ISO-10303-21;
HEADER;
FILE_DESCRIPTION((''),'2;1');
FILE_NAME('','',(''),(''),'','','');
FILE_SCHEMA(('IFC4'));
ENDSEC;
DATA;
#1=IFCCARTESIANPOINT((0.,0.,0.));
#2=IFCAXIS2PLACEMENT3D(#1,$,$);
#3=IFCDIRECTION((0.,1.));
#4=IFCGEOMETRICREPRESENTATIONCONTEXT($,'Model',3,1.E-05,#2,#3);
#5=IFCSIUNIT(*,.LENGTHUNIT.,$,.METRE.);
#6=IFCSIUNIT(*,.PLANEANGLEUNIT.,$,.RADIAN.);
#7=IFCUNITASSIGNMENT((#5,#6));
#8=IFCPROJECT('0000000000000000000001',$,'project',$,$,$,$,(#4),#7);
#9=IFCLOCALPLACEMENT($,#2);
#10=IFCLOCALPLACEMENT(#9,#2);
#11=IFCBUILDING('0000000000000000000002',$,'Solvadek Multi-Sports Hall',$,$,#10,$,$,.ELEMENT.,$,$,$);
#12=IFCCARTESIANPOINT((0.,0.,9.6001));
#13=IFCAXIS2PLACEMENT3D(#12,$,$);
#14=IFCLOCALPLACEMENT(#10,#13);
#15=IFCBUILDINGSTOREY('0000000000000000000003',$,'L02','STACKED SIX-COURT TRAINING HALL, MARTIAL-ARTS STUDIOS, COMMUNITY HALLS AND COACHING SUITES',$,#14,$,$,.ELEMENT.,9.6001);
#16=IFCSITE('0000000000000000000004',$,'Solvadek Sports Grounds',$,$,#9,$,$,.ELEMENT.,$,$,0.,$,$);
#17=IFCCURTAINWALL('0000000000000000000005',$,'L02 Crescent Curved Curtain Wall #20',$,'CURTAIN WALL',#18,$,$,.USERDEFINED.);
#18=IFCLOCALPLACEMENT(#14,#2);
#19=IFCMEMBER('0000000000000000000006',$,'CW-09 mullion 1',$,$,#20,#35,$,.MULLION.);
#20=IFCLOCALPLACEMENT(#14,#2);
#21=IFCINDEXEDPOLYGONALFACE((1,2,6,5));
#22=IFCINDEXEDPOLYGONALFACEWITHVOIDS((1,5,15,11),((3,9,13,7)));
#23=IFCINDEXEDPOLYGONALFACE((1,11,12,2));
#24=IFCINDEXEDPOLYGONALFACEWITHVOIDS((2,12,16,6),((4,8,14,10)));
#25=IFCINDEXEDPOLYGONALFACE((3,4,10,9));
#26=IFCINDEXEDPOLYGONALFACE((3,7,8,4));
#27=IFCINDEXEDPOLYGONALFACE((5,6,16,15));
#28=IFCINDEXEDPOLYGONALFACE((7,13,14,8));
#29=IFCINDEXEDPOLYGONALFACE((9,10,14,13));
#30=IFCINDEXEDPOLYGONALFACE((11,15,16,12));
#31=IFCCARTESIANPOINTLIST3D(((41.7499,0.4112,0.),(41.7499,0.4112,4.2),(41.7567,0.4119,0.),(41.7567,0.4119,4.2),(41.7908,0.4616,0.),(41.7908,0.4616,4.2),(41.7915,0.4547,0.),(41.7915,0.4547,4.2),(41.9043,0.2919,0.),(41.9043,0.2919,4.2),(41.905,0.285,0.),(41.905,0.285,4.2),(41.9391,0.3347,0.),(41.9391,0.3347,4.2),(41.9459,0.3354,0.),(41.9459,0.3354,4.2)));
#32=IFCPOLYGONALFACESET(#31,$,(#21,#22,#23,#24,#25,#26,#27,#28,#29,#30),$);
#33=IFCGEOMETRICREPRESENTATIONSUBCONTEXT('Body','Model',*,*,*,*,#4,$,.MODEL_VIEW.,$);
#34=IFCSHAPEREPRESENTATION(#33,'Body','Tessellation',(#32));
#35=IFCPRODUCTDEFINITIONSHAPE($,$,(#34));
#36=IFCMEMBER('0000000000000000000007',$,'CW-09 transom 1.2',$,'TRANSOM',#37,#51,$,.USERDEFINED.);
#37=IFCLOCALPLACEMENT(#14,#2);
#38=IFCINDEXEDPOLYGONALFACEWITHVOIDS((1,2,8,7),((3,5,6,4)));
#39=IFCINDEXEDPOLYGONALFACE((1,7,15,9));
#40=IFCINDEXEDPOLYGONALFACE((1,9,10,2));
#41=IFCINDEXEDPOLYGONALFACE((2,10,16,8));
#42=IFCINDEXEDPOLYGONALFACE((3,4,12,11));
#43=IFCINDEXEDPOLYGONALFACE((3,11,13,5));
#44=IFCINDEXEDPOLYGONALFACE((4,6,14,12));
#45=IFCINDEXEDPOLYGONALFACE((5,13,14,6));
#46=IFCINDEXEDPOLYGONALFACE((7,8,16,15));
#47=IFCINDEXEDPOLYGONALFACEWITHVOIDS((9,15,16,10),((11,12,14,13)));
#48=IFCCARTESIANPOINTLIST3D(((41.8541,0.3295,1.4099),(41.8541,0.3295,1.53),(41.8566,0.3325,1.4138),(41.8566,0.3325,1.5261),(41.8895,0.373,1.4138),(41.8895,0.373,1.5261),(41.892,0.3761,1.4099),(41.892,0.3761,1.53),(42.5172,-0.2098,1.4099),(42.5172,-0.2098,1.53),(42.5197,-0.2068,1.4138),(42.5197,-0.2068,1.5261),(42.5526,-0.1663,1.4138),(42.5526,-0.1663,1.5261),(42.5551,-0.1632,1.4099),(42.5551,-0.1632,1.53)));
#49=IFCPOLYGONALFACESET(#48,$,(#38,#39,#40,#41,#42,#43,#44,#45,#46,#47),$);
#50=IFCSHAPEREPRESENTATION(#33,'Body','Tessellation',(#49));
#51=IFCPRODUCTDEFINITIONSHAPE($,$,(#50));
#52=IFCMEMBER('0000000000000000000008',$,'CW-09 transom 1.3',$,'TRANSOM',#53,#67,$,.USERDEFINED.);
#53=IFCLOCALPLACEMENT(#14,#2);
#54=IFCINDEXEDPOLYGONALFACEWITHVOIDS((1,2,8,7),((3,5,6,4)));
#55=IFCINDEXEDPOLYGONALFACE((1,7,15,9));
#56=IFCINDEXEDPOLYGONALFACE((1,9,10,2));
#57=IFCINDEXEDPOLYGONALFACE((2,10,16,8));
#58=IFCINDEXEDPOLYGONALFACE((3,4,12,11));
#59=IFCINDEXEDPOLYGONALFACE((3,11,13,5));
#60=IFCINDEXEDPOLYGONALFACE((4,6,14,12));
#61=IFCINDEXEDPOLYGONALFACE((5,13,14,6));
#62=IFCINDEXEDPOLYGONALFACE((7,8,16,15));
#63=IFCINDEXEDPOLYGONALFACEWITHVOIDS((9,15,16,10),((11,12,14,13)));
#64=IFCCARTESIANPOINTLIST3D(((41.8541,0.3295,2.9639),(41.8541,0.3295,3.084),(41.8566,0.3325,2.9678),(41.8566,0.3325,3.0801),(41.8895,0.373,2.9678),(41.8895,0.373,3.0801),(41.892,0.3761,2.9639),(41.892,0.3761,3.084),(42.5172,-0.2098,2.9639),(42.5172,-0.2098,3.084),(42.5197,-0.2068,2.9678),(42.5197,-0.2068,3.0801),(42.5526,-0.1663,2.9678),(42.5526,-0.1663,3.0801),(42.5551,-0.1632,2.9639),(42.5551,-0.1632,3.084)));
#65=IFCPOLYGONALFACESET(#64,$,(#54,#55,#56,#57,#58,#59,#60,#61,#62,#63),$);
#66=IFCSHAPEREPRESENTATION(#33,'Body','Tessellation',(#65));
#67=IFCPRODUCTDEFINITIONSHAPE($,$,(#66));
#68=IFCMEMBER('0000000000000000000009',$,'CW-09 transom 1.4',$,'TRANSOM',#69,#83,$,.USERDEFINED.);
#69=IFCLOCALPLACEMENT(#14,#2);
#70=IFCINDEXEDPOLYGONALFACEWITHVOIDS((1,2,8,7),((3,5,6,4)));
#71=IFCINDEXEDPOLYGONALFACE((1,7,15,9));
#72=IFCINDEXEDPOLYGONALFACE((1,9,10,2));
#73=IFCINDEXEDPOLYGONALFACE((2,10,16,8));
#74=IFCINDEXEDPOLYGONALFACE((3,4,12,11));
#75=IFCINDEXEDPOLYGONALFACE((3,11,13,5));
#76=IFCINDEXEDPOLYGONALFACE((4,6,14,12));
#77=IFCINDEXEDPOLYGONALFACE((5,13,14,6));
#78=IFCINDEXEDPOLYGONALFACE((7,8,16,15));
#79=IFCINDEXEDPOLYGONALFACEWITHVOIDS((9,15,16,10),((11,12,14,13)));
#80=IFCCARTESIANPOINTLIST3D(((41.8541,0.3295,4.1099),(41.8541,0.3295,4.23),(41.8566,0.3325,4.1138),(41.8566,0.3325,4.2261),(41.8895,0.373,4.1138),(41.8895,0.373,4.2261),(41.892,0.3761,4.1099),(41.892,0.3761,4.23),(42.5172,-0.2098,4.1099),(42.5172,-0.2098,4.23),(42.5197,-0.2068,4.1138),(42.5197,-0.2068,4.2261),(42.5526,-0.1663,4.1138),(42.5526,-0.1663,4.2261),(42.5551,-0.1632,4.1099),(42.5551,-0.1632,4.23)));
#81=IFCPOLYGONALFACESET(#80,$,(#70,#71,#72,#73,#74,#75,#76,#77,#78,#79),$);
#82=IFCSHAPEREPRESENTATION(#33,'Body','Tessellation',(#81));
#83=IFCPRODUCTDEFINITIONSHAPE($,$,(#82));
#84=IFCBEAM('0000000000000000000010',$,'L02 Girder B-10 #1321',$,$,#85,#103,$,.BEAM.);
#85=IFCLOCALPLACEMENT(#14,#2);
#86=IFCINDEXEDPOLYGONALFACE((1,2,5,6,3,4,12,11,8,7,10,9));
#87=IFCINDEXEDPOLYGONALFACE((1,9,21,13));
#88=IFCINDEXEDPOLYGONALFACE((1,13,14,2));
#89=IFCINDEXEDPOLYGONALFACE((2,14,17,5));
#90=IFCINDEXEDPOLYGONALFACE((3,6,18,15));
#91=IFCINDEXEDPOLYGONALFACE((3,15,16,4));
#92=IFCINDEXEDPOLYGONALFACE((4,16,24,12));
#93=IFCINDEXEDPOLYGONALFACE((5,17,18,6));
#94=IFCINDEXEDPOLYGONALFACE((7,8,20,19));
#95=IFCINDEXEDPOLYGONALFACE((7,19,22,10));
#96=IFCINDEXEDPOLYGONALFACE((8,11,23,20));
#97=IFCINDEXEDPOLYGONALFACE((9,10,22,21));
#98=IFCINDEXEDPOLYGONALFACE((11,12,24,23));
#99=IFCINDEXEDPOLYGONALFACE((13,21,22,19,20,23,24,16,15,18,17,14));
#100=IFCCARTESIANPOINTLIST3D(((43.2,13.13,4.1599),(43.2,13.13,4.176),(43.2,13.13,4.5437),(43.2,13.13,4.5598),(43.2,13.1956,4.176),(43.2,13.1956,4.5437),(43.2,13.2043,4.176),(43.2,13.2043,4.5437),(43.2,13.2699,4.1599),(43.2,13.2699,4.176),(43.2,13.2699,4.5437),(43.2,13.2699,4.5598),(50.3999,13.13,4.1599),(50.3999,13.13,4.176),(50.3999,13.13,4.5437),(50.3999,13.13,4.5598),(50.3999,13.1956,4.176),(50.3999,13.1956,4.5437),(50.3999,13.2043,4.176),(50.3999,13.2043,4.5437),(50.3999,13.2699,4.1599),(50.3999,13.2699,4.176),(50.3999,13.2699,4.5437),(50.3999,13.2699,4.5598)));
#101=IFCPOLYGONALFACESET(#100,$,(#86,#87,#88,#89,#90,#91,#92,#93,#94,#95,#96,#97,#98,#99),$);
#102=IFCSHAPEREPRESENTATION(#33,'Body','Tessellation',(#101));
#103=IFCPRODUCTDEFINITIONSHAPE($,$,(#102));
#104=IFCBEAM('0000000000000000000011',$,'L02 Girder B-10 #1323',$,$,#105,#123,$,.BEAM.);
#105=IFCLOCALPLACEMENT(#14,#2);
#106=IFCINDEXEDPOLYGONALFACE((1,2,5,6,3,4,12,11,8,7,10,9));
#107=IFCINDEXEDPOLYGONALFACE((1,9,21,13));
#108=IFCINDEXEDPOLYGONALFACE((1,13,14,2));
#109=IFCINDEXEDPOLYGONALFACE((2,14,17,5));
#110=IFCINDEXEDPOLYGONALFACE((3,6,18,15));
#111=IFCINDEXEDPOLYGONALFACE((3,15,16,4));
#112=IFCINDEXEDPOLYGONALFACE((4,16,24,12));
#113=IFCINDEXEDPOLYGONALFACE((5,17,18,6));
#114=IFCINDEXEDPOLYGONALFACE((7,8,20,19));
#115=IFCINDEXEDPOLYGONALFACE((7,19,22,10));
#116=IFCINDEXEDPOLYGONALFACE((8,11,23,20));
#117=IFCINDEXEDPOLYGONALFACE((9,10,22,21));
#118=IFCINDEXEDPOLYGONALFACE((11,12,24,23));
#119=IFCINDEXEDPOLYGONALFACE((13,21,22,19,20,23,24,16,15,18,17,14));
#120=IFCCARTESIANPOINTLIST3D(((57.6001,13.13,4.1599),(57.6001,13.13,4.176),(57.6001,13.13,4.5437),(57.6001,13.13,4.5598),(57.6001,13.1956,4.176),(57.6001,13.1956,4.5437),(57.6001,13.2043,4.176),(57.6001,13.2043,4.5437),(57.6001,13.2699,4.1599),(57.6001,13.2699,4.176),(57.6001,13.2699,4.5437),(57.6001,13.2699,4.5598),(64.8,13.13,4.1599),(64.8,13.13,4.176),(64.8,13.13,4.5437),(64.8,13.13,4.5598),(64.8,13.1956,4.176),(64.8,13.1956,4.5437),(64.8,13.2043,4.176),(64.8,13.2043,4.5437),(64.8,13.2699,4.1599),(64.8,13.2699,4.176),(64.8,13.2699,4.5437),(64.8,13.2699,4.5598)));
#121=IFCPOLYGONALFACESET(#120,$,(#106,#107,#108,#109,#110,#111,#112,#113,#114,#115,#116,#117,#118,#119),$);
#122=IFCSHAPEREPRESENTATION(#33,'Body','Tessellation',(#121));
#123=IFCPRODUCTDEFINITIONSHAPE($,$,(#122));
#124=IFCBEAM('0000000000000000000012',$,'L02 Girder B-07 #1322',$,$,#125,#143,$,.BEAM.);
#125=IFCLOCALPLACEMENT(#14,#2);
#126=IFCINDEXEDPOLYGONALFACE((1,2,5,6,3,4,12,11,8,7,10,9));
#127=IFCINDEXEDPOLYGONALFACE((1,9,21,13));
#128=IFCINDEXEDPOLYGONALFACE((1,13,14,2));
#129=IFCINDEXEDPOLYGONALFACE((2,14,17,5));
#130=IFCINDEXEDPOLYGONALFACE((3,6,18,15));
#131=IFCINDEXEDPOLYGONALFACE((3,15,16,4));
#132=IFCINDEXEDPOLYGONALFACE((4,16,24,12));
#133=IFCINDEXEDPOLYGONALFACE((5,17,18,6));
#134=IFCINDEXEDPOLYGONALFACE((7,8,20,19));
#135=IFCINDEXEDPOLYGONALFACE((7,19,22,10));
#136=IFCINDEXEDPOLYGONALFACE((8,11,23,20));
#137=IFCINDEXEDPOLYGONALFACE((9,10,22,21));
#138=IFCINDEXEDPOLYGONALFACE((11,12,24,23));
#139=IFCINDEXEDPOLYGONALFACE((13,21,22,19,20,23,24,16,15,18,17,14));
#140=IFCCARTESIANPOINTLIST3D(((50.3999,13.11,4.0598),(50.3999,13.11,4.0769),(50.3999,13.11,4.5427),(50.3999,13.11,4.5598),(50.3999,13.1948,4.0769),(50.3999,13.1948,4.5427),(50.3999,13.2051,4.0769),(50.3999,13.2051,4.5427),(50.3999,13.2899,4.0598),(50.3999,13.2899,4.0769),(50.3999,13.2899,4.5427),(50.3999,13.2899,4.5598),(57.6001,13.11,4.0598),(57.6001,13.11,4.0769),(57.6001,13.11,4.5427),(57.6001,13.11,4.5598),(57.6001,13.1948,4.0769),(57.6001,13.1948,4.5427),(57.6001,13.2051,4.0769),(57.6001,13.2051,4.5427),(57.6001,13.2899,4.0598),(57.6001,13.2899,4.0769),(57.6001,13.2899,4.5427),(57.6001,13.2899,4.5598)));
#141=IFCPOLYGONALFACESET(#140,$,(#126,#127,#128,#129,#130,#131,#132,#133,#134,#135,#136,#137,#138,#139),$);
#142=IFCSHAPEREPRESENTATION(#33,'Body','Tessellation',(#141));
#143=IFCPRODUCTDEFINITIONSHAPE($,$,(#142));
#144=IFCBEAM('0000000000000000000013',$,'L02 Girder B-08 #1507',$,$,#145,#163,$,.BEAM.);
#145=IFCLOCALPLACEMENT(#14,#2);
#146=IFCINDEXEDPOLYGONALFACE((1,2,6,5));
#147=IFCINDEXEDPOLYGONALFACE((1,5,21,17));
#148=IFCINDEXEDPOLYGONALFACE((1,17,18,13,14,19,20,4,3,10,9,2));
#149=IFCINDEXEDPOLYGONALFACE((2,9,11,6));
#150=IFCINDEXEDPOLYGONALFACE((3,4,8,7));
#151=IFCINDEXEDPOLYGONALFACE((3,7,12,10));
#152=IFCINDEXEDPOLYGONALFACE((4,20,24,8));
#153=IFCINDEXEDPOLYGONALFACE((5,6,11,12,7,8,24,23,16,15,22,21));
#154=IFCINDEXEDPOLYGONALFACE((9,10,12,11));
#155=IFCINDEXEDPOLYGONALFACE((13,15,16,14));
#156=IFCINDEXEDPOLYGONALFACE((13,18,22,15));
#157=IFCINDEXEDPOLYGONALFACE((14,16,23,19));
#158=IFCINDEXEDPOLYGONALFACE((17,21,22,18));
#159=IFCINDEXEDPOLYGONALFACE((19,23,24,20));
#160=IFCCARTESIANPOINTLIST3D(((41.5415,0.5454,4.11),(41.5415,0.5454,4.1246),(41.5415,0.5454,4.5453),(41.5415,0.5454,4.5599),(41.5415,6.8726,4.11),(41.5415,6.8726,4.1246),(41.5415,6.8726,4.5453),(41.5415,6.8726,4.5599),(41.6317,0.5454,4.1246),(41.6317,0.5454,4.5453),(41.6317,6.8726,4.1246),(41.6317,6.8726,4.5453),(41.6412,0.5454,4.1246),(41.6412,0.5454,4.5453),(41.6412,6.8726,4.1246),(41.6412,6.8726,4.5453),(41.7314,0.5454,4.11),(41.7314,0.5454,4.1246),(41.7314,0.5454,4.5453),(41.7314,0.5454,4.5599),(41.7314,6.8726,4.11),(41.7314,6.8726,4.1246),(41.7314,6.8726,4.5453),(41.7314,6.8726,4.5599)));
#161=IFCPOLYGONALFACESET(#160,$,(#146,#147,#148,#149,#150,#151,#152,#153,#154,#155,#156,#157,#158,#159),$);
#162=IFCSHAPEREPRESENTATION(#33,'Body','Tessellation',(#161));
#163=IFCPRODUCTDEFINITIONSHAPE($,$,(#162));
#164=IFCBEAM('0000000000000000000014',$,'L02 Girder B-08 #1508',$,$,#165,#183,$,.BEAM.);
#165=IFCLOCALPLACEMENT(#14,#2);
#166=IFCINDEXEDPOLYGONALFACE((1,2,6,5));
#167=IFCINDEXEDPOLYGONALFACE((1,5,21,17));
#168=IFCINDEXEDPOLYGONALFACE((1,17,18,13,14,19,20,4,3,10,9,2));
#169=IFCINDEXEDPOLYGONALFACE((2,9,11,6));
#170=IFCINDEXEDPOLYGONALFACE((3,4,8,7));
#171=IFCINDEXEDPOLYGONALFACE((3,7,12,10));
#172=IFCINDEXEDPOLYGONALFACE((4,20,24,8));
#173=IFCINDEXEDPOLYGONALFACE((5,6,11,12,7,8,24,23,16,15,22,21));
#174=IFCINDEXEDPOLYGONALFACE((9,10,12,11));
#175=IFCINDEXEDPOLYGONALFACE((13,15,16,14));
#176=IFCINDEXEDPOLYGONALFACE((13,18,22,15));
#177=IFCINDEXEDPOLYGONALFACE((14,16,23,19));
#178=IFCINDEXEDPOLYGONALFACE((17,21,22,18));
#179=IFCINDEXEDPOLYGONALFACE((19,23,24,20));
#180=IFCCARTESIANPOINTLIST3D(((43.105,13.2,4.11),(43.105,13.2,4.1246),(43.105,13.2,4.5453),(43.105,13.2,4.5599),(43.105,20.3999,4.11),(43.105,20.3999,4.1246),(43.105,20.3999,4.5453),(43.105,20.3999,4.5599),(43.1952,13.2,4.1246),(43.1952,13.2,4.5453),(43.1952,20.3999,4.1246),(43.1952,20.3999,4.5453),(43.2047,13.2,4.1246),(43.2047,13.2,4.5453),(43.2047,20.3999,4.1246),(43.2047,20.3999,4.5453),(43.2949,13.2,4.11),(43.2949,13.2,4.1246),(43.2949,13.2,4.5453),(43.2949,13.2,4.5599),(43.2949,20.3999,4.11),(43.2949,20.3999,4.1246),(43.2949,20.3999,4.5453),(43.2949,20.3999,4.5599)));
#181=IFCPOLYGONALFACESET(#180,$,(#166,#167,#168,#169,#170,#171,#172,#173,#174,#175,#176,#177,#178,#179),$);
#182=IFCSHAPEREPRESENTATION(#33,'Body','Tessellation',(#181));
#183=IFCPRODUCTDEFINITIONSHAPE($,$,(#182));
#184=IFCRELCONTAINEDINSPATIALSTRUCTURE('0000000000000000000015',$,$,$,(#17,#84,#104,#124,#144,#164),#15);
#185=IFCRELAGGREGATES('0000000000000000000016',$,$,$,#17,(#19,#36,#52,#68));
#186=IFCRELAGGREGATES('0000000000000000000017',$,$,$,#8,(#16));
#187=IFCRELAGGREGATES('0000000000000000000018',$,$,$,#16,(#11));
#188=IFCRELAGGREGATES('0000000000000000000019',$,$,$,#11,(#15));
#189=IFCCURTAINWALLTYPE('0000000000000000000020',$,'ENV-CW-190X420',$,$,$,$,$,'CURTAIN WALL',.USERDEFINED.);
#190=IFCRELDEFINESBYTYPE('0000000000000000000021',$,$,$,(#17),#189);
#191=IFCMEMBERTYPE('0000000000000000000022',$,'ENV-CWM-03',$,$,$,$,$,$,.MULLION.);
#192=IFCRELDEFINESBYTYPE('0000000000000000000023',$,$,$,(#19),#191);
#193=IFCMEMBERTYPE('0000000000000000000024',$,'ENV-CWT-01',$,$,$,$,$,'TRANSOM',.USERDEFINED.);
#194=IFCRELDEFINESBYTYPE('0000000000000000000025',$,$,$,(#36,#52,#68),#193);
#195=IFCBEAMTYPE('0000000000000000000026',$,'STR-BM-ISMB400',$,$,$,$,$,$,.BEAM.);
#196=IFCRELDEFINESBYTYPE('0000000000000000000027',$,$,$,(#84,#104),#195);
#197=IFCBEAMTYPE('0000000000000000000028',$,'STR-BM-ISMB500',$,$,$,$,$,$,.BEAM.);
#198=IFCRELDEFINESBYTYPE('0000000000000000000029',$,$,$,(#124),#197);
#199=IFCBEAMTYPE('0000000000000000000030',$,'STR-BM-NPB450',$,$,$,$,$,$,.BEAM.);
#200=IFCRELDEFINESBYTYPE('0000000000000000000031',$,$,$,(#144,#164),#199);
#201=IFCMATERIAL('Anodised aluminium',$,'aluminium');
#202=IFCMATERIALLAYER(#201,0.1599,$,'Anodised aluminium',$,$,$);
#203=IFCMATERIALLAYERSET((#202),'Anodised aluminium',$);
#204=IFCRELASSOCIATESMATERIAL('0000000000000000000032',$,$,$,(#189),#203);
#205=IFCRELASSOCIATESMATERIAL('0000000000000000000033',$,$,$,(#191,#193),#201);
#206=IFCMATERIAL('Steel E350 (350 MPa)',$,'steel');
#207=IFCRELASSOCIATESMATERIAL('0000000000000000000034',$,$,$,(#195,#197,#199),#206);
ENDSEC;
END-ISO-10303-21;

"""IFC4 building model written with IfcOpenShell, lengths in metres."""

from ifc_helpers import new_model, si_unit, direction, frame, origin, origin_2d, place, context, subcontext, project, spatial, hollow_rectangle, i_section, extrude, material, layer, layer_set, material_profile, profile_set, type_object, element, aggregate, save


model = new_model("IFC4")

# Units and contexts
model_context = context("Model", 3, precision=1e-05, world=origin(), true_north=direction((0.0, 1.0)))
body_context = subcontext(model_context, "Body", "Model", "MODEL_VIEW")
ifc_project = project(units=[si_unit("LENGTHUNIT", "METRE"), si_unit("PLANEANGLEUNIT", "RADIAN")], contexts=[model_context])

# Site, building, storey
site_placement = place(None, origin())
site = spatial("IfcSite", under=ifc_project, at=site_placement, Name="Solvadek Sports Grounds", CompositionType="ELEMENT", RefElevation=0.0)
building_placement = place(site_placement, origin())
building = spatial("IfcBuilding", under=site, at=building_placement, Name="Solvadek Multi-Sports Hall", CompositionType="ELEMENT")
storey_placement = place(building_placement, frame((0.0, 0.0, 9.6001)))
storey = spatial("IfcBuildingStorey", under=building, at=storey_placement, Name="L02", Description="STACKED SIX-COURT TRAINING HALL, MARTIAL-ARTS STUDIOS, COMMUNITY HALLS AND COACHING SUITES", CompositionType="ELEMENT", Elevation=9.6001)

# Shared definitions
ifc_material_1 = material(Name="Steel E350 (350 MPa)", Category="steel")

# Shared definitions
ifc_material_2 = material(Name="Anodised aluminium", Category="aluminium")

# Curtain wall, members
ifc_layer_1 = layer(ifc_material_2, 0.1599, Name="Anodised aluminium")
ifc_layer_set_1 = layer_set([ifc_layer_1], Name="Anodised aluminium")
curtain_wall_type_1 = type_object("IfcCurtainWallType", Name="ENV-CW-190X420", ElementType="CURTAIN WALL", PredefinedType="USERDEFINED", material=ifc_layer_set_1)
curtain_wall_1_placement = place(storey_placement, origin())
curtain_wall_1 = element("IfcCurtainWall", 1, at=curtain_wall_1_placement, inside=storey, type_object=curtain_wall_type_1, Name="L02 Crescent Curved Curtain Wall #20", ObjectType="CURTAIN WALL", PredefinedType="USERDEFINED")
ifc_material_profile_1 = material_profile(ifc_material_2, hollow_rectangle(XDim=0.0649, YDim=0.2, WallThickness=0.0049, at=origin_2d()), Name="ALU-M 200x65x5")
ifc_profile_set_1 = profile_set([ifc_material_profile_1], Name="Anodised aluminium")
member_type_1 = type_object("IfcMemberType", Name="ENV-CWM-03", PredefinedType="MULLION", material=ifc_profile_set_1)
member_1_placement = place(storey_placement, frame((41.8479, 0.3733, 0.0), z_axis=(0.0, 0.0, 1.0), x_axis=(0.631071, 0.775725, 0.0)))
member_1 = element("IfcMember", 2, at=member_1_placement, type_object=member_type_1, Name="CW-09 mullion 1", PredefinedType="MULLION", context=body_context, shape_type="SweptSolid", body=[
    extrude(hollow_rectangle(XDim=0.0649, YDim=0.2, WallThickness=0.0049, at=origin_2d()), origin(), (0.0, 0.0, 1.0), 4.2),
])
ifc_material_profile_2 = material_profile(ifc_material_2, hollow_rectangle(XDim=0.0601, YDim=0.1201, WallThickness=0.0039, at=origin_2d()), Name="ALU-T 120x60x4")
ifc_profile_set_2 = profile_set([ifc_material_profile_2], Name="Anodised aluminium")
member_type_2 = type_object("IfcMemberType", Name="ENV-CWT-01", ElementType="TRANSOM", PredefinedType="USERDEFINED", material=ifc_profile_set_2)
member_2_placement = place(storey_placement, frame((41.873, 0.3528, 1.47), z_axis=(0.775799, -0.63098, 0.0), x_axis=(0.63098, 0.775799, 0.0)))
member_2 = element("IfcMember", 3, at=member_2_placement, type_object=member_type_2, Name="CW-09 transom 1.2", ObjectType="TRANSOM", PredefinedType="USERDEFINED", context=body_context, shape_type="SweptSolid", body=[
    extrude(hollow_rectangle(XDim=0.0601, YDim=0.1201, WallThickness=0.0039, at=origin_2d()), origin(), (0.0, 0.0, 1.0), 0.8547),
])
member_3_placement = place(storey_placement, frame((41.873, 0.3528, 3.0239), z_axis=(0.775799, -0.63098, 0.0), x_axis=(0.63098, 0.775799, 0.0)))
member_3 = element("IfcMember", 4, at=member_3_placement, type_object=member_type_2, Name="CW-09 transom 1.3", ObjectType="TRANSOM", PredefinedType="USERDEFINED", context=body_context, shape_type="SweptSolid", body=[
    extrude(hollow_rectangle(XDim=0.0601, YDim=0.1201, WallThickness=0.0039, at=origin_2d()), origin(), (0.0, 0.0, 1.0), 0.8547),
])
member_4_placement = place(storey_placement, frame((41.873, 0.3528, 4.1699), z_axis=(0.775799, -0.63098, 0.0), x_axis=(0.63098, 0.775799, 0.0)))
member_4 = element("IfcMember", 5, at=member_4_placement, type_object=member_type_2, Name="CW-09 transom 1.4", ObjectType="TRANSOM", PredefinedType="USERDEFINED", context=body_context, shape_type="SweptSolid", body=[
    extrude(hollow_rectangle(XDim=0.0601, YDim=0.1201, WallThickness=0.0039, at=origin_2d()), origin(), (0.0, 0.0, 1.0), 0.8547),
])
aggregate(curtain_wall_1, [member_1, member_2, member_3, member_4])

# Beams
ifc_material_profile_3 = material_profile(ifc_material_1, i_section(OverallWidth=0.1399, OverallDepth=0.3999, WebThickness=0.0088, FlangeThickness=0.0161, at=origin_2d()), Name="ISMB 400")
ifc_profile_set_3 = profile_set([ifc_material_profile_3], Name="Steel E350 (350 MPa)")
beam_type_1 = type_object("IfcBeamType", Name="STR-BM-ISMB400", PredefinedType="BEAM", material=ifc_profile_set_3)
for number, where, z_axis, x_axis, name in (
    (6, (43.2, 13.2, 4.3599), (1.0, 0.0, 0.0), (0.0, 1.0, 0.0), "L02 Girder B-10 #1321"),
    (7, (57.6001, 13.2, 4.3599), (1.0, 0.0, 0.0), (0.0, 1.0, 0.0), "L02 Girder B-10 #1323"),
):
    element("IfcBeam", number, at=place(storey_placement, frame(where, z_axis=z_axis, x_axis=x_axis)), inside=storey, type_object=beam_type_1, Name=name, PredefinedType="BEAM", context=body_context, shape_type="SweptSolid", body=[
        extrude(i_section(OverallWidth=0.1399, OverallDepth=0.3999, WebThickness=0.0088, FlangeThickness=0.0161, at=origin_2d()), origin(), (0.0, 0.0, 1.0), 7.2),
    ])
ifc_material_profile_4 = material_profile(ifc_material_1, i_section(OverallWidth=0.1799, OverallDepth=0.5, WebThickness=0.0103, FlangeThickness=0.0171, at=origin_2d()), Name="ISMB 500")
ifc_profile_set_4 = profile_set([ifc_material_profile_4], Name="Steel E350 (350 MPa)")
beam_type_2 = type_object("IfcBeamType", Name="STR-BM-ISMB500", PredefinedType="BEAM", material=ifc_profile_set_4)
beam_1_placement = place(storey_placement, frame((50.3999, 13.2, 4.3098), z_axis=(1.0, 0.0, 0.0), x_axis=(0.0, 1.0, 0.0)))
element("IfcBeam", 8, at=beam_1_placement, inside=storey, type_object=beam_type_2, Name="L02 Girder B-07 #1322", PredefinedType="BEAM", context=body_context, shape_type="SweptSolid", body=[
    extrude(i_section(OverallWidth=0.1799, OverallDepth=0.5, WebThickness=0.0103, FlangeThickness=0.0171, at=origin_2d()), origin(), (0.0, 0.0, 1.0), 7.2002),
])
ifc_material_profile_5 = material_profile(ifc_material_1, i_section(OverallWidth=0.1899, OverallDepth=0.45, WebThickness=0.0095, FlangeThickness=0.0146, at=origin_2d()), Name="NPB 450")
ifc_profile_set_5 = profile_set([ifc_material_profile_5], Name="Steel E350 (350 MPa)")
beam_type_3 = type_object("IfcBeamType", Name="STR-BM-NPB450", PredefinedType="BEAM", material=ifc_profile_set_5)
beam_2_placement = place(storey_placement, frame((41.6365, 0.5454, 4.335), z_axis=(0.0, 1.0, 0.0), x_axis=(-1.0, 0.0, 0.0)))
element("IfcBeam", 9, at=beam_2_placement, inside=storey, type_object=beam_type_3, Name="L02 Girder B-08 #1507", PredefinedType="BEAM", context=body_context, shape_type="SweptSolid", body=[
    extrude(i_section(OverallWidth=0.1899, OverallDepth=0.45, WebThickness=0.0095, FlangeThickness=0.0146, at=origin_2d()), origin(), (0.0, 0.0, 1.0), 6.3271),
])
for number, where, z_axis, x_axis, name in (
    (10, (43.2, 13.2, 4.335), (0.0, 1.0, 0.0), (-1.0, 0.0, 0.0), "L02 Girder B-08 #1508"),
):
    element("IfcBeam", number, at=place(storey_placement, frame(where, z_axis=z_axis, x_axis=x_axis)), inside=storey, type_object=beam_type_3, Name=name, PredefinedType="BEAM", context=body_context, shape_type="SweptSolid", body=[
        extrude(i_section(OverallWidth=0.1899, OverallDepth=0.45, WebThickness=0.0095, FlangeThickness=0.0146, at=origin_2d()), origin(), (0.0, 0.0, 1.0), 7.2),
    ])

save(model, "model.ifc")
